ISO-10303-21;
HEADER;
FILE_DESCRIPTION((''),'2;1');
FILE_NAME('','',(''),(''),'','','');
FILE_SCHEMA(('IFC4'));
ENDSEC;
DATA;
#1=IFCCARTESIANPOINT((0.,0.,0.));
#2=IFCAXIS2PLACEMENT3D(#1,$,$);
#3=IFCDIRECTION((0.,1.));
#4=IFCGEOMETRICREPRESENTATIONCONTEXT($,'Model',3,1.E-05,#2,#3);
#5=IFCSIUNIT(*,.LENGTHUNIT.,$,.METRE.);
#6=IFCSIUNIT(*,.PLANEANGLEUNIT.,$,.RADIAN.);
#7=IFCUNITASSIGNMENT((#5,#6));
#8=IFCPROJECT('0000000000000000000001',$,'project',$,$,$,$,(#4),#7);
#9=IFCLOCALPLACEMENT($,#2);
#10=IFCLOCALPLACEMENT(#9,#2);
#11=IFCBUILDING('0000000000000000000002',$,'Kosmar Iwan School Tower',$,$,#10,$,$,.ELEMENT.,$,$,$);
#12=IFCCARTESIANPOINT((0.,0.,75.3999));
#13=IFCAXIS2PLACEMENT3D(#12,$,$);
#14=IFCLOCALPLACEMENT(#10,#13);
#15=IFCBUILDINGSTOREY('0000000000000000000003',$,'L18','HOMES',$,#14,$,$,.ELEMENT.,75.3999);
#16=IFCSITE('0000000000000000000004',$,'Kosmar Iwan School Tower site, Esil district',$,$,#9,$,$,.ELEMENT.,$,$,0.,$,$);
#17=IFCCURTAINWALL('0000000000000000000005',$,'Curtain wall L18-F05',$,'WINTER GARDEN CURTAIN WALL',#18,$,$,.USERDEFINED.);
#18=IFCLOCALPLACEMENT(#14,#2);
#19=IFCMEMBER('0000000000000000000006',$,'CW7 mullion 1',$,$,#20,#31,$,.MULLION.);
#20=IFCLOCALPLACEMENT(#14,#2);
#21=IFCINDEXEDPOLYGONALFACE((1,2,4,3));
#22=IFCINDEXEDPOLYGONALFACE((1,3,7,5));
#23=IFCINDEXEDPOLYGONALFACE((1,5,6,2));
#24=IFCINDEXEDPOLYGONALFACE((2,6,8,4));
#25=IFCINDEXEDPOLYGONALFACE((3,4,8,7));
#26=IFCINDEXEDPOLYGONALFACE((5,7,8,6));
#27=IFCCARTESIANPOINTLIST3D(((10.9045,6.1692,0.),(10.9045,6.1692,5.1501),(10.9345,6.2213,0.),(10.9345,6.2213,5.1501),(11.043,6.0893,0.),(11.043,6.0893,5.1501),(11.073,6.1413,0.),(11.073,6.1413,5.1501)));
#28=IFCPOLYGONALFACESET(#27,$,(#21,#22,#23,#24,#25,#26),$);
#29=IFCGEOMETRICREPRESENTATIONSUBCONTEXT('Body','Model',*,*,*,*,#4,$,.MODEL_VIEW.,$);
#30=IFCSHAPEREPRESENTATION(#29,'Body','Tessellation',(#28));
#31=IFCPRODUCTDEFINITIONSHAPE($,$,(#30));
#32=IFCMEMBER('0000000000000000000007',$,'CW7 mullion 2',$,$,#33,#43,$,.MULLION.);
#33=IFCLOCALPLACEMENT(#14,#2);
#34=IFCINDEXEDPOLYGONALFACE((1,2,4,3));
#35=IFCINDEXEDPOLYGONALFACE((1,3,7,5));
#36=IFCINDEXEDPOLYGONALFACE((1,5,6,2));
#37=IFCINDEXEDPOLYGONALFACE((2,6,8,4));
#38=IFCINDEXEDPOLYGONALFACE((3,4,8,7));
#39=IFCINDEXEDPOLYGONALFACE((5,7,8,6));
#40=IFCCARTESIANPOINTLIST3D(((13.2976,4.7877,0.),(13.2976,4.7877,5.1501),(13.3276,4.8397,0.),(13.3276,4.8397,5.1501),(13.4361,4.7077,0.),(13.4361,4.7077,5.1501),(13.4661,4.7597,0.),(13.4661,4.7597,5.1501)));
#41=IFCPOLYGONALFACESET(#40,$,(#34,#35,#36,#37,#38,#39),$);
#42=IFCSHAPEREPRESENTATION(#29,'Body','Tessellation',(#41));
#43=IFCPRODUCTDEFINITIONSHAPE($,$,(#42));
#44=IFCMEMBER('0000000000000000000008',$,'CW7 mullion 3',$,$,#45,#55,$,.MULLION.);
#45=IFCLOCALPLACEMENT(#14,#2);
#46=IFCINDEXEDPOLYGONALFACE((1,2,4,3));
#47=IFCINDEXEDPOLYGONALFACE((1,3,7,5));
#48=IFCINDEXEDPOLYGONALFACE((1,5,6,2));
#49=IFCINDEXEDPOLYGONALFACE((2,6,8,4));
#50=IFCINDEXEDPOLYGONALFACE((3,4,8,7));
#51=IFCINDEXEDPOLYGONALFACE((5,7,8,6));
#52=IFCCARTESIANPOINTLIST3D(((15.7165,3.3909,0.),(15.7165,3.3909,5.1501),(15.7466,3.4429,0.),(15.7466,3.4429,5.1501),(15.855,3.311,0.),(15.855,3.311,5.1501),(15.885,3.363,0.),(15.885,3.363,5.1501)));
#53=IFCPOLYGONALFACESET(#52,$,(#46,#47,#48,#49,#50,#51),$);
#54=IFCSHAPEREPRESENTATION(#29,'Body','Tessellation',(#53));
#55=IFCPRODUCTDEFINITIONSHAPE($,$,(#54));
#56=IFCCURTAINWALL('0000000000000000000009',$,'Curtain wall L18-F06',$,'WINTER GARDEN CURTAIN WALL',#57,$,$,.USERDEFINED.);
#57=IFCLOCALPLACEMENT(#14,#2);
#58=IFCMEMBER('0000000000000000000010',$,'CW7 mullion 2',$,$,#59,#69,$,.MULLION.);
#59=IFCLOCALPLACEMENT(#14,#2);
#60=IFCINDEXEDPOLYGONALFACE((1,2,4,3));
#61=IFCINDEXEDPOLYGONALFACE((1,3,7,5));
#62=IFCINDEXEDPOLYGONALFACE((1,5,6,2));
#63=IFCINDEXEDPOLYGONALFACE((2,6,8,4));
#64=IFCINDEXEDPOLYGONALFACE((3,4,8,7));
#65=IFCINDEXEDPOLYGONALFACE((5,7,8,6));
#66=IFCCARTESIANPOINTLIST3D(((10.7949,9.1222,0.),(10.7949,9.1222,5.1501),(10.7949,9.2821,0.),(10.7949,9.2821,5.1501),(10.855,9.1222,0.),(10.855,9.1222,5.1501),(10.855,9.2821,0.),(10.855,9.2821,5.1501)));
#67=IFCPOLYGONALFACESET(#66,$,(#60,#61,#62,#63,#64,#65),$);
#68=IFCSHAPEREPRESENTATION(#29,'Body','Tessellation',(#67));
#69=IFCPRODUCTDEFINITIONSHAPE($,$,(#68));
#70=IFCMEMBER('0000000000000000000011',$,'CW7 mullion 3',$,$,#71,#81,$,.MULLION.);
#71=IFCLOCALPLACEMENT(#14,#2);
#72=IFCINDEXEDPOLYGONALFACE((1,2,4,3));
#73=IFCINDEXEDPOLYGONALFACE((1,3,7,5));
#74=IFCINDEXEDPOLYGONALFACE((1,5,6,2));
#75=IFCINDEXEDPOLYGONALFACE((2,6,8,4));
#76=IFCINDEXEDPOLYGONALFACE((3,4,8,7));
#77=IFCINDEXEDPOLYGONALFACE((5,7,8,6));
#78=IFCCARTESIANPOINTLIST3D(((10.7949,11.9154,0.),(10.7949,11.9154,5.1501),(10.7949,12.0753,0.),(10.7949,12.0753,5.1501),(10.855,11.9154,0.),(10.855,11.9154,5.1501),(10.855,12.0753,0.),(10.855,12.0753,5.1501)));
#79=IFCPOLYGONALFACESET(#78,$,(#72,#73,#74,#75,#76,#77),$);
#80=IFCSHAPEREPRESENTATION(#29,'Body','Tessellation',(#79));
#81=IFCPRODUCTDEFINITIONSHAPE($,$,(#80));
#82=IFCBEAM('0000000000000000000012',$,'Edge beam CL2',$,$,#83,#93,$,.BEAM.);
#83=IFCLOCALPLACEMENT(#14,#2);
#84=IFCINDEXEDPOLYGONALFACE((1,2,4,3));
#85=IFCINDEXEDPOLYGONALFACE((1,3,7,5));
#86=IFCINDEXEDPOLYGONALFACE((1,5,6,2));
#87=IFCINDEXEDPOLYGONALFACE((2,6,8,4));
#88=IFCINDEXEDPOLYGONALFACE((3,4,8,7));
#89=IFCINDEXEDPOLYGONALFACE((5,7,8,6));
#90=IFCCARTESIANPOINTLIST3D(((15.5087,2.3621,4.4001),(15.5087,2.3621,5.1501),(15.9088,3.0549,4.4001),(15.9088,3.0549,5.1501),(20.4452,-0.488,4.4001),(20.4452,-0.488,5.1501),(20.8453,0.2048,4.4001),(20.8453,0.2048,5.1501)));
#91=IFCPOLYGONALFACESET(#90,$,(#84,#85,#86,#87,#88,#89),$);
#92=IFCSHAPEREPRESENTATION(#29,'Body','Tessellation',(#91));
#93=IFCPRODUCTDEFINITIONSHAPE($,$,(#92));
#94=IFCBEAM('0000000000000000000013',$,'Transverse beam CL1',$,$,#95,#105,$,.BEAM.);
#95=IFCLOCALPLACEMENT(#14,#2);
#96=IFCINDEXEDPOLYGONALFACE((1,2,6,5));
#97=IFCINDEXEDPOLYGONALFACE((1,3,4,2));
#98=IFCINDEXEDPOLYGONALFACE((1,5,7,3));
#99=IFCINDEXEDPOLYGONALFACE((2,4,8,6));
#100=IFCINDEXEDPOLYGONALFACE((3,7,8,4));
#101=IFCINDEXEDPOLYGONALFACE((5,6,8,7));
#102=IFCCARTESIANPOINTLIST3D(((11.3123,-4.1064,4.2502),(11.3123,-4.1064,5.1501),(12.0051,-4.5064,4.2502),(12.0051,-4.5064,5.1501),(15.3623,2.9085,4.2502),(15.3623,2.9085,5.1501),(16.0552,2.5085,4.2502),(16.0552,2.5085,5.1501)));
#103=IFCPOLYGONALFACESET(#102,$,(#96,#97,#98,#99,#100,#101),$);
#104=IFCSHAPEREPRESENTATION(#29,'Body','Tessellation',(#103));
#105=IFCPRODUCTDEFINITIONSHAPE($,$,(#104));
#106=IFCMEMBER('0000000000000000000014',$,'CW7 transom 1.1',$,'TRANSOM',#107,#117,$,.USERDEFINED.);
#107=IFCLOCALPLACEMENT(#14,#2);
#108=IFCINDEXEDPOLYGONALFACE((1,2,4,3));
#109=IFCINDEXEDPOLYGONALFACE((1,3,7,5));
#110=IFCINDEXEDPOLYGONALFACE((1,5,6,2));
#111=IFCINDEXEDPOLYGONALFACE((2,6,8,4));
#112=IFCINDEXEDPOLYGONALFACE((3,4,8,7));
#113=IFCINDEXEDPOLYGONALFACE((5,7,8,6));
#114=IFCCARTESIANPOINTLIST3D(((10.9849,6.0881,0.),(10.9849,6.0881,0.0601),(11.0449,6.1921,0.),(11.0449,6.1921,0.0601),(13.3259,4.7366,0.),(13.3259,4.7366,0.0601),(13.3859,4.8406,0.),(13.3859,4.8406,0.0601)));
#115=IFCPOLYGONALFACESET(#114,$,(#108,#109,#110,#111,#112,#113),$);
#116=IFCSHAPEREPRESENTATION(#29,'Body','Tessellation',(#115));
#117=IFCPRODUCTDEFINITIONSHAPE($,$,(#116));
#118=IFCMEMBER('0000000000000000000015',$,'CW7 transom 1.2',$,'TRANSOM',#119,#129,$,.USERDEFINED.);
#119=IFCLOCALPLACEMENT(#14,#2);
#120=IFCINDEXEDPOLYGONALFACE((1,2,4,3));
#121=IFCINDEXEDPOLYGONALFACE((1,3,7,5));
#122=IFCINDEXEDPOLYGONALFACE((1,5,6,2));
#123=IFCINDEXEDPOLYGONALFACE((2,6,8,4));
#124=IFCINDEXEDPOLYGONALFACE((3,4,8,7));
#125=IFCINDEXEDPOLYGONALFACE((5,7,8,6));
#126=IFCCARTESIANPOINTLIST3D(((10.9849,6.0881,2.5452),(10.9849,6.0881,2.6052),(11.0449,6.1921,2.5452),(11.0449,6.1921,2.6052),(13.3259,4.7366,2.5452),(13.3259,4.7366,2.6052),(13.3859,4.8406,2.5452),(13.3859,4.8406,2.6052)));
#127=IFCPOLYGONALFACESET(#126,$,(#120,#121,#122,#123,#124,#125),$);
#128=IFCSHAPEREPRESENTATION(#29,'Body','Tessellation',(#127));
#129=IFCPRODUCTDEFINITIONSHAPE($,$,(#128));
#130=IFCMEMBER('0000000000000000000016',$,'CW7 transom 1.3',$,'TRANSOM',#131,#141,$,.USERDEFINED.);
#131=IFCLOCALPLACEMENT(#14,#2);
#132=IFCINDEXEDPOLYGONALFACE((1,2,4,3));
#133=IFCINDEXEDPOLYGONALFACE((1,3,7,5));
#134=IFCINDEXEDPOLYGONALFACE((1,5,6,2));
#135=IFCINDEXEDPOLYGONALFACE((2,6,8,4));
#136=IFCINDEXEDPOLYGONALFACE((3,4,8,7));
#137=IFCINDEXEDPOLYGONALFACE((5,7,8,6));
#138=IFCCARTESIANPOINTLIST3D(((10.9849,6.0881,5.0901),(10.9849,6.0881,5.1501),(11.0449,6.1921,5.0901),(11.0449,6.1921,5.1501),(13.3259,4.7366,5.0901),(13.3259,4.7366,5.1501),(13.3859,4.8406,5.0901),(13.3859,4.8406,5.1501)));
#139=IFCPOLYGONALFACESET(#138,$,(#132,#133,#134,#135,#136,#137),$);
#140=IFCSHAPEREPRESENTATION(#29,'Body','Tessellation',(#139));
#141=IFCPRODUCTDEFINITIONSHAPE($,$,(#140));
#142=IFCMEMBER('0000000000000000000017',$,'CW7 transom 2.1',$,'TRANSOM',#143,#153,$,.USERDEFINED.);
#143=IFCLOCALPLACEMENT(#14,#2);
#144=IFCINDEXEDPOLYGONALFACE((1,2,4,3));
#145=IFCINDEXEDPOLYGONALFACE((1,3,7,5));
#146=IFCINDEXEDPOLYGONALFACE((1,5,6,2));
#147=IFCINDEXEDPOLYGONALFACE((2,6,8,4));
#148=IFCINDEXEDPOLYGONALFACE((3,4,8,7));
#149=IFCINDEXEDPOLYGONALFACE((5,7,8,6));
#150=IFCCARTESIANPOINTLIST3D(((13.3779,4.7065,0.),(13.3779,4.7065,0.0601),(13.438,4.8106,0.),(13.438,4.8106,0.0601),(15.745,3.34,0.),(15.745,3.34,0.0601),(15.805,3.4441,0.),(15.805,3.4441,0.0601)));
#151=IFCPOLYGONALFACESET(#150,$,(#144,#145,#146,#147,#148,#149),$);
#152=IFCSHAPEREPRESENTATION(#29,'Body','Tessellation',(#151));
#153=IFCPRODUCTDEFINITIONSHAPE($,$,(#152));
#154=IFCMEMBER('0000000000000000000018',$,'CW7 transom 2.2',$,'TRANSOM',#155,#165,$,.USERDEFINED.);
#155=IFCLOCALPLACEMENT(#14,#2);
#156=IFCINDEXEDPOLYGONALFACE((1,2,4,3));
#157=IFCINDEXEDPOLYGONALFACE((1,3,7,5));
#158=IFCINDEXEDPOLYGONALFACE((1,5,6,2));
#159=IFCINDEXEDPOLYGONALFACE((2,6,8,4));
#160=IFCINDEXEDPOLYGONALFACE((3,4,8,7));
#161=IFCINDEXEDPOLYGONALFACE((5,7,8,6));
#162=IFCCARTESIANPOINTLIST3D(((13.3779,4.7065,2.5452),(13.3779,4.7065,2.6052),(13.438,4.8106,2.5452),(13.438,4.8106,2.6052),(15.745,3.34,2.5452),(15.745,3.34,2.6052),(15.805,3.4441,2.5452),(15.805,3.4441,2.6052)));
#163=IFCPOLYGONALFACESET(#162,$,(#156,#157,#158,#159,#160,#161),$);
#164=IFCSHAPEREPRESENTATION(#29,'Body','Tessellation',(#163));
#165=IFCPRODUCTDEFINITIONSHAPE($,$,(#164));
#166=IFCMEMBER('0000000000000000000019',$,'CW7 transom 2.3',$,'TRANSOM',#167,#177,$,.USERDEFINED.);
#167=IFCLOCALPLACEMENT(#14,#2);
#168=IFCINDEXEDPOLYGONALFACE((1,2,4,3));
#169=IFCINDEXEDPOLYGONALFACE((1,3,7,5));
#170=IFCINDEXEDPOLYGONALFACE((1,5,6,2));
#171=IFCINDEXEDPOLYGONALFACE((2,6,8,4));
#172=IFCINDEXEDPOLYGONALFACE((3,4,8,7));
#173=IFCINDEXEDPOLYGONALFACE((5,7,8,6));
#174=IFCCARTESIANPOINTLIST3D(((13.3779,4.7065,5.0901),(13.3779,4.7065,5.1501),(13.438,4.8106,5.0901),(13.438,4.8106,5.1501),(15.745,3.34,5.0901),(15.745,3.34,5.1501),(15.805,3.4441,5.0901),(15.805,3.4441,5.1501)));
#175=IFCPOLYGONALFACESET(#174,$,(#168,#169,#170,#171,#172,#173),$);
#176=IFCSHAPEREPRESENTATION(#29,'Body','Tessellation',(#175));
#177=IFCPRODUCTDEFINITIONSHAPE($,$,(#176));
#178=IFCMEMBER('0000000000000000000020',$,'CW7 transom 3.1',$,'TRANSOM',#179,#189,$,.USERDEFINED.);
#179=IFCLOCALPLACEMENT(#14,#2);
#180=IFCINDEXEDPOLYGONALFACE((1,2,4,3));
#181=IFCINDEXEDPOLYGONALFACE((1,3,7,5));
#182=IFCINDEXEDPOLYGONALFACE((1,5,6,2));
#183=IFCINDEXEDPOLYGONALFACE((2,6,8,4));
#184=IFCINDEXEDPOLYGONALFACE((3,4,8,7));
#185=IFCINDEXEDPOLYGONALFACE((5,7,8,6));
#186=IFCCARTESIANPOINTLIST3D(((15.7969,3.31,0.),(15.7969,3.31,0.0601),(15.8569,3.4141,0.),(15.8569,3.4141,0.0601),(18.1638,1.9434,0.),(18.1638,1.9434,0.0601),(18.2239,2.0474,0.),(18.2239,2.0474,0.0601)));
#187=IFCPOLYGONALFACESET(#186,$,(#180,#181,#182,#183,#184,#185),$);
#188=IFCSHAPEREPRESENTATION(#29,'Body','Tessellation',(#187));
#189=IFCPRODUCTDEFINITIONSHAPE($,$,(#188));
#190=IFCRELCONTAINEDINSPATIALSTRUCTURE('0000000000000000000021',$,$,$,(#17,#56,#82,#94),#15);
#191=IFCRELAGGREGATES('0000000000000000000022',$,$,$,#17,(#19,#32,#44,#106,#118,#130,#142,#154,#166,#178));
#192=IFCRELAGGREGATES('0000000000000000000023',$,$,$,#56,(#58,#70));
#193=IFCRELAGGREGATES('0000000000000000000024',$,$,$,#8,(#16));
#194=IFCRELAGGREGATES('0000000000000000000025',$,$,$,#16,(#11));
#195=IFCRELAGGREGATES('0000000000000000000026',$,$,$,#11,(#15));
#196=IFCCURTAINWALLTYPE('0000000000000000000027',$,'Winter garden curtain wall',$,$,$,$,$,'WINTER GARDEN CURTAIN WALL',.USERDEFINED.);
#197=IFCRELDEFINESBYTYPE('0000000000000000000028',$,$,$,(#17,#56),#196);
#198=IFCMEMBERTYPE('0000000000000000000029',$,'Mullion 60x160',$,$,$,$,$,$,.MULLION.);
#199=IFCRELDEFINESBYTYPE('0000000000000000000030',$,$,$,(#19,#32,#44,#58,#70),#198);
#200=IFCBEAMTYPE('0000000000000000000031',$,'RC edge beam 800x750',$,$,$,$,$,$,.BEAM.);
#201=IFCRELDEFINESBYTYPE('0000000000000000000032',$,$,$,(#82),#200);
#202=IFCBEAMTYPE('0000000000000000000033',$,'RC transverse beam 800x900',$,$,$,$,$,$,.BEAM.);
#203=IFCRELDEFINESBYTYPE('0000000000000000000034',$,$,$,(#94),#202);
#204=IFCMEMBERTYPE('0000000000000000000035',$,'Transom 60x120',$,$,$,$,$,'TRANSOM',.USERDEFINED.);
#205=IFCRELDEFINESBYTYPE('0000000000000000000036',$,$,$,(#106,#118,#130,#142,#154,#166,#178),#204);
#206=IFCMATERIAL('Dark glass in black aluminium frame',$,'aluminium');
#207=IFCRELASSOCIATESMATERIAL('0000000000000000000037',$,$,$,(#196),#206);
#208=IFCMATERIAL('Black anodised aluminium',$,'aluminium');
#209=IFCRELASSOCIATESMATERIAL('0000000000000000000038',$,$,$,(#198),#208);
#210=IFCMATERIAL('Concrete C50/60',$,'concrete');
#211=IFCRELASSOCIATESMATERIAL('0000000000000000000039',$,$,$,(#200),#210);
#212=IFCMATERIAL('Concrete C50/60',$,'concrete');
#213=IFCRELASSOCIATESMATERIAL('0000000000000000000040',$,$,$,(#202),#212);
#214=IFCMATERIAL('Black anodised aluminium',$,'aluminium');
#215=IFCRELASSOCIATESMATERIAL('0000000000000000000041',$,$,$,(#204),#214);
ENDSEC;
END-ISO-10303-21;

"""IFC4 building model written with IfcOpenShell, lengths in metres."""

from ifc_helpers import new_model, si_unit, direction, frame, origin, origin_2d, place, context, subcontext, project, spatial, rectangle, extrude, material, material_profile, profile_set, type_object, element, aggregate, save


model = new_model("IFC4")

# Units and contexts
model_context = context("Model", 3, precision=1e-05, world=origin(), true_north=direction((0.0, 1.0)))
body_context = subcontext(model_context, "Body", "Model", "MODEL_VIEW")
ifc_project = project(units=[si_unit("LENGTHUNIT", "METRE"), si_unit("PLANEANGLEUNIT", "RADIAN")], contexts=[model_context])

# Site, building, storey
site_placement = place(None, origin())
site = spatial("IfcSite", under=ifc_project, at=site_placement, Name="Kosmar Iwan School Tower site, Esil district", CompositionType="ELEMENT", RefElevation=0.0)
building_placement = place(site_placement, origin())
building = spatial("IfcBuilding", under=site, at=building_placement, Name="Kosmar Iwan School Tower", CompositionType="ELEMENT")
storey_placement = place(building_placement, frame((0.0, 0.0, 75.3999)))
storey = spatial("IfcBuildingStorey", under=building, at=storey_placement, Name="L18", Description="HOMES", CompositionType="ELEMENT", Elevation=75.3999)

# Curtain walls, members
ifc_material_1 = material(Name="Dark glass in black aluminium frame", Category="aluminium")
curtain_wall_type = type_object("IfcCurtainWallType", Name="Winter garden curtain wall", ElementType="WINTER GARDEN CURTAIN WALL", PredefinedType="USERDEFINED", material=ifc_material_1)
curtain_wall_1_placement = place(storey_placement, origin())
curtain_wall_1 = element("IfcCurtainWall", 1, at=curtain_wall_1_placement, inside=storey, type_object=curtain_wall_type, Name="Curtain wall L18-F05", ObjectType="WINTER GARDEN CURTAIN WALL", PredefinedType="USERDEFINED")
ifc_material_2 = material(Name="Black anodised aluminium", Category="aluminium")
ifc_material_profile_1 = material_profile(ifc_material_2, rectangle(XDim=0.0601, YDim=0.1599, at=origin_2d()), Name="MULLION 60x160")
ifc_profile_set_1 = profile_set([ifc_material_profile_1], Name="Black anodised aluminium")
member_type_1 = type_object("IfcMemberType", Name="Mullion 60x160", PredefinedType="MULLION", material=ifc_profile_set_1)
member_1_placement = place(storey_placement, frame((10.9888, 6.1553, 0.0), z_axis=(0.0, 0.0, 1.0), x_axis=(0.5, 0.866025, 0.0)))
member_1 = element("IfcMember", 2, at=member_1_placement, type_object=member_type_1, Name="CW7 mullion 1", PredefinedType="MULLION", context=body_context, shape_type="SweptSolid", body=[
    extrude(rectangle(XDim=0.0601, YDim=0.1599, at=origin_2d()), origin(), (0.0, 0.0, 1.0), 5.1501),
])
member_2_placement = place(storey_placement, frame((13.3818, 4.7737, 0.0), z_axis=(0.0, 0.0, 1.0), x_axis=(0.5, 0.866025, 0.0)))
member_2 = element("IfcMember", 3, at=member_2_placement, type_object=member_type_1, Name="CW7 mullion 2", PredefinedType="MULLION", context=body_context, shape_type="SweptSolid", body=[
    extrude(rectangle(XDim=0.0601, YDim=0.1599, at=origin_2d()), origin(), (0.0, 0.0, 1.0), 5.1501),
])
member_3_placement = place(storey_placement, frame((15.8008, 3.377, 0.0), z_axis=(0.0, 0.0, 1.0), x_axis=(0.5, 0.866025, 0.0)))
member_3 = element("IfcMember", 4, at=member_3_placement, type_object=member_type_1, Name="CW7 mullion 3", PredefinedType="MULLION", context=body_context, shape_type="SweptSolid", body=[
    extrude(rectangle(XDim=0.0601, YDim=0.1599, at=origin_2d()), origin(), (0.0, 0.0, 1.0), 5.1501),
])
curtain_wall_2_placement = place(storey_placement, origin())
curtain_wall_2 = element("IfcCurtainWall", 5, at=curtain_wall_2_placement, inside=storey, type_object=curtain_wall_type, Name="Curtain wall L18-F06", ObjectType="WINTER GARDEN CURTAIN WALL", PredefinedType="USERDEFINED")
member_4_placement = place(storey_placement, frame((10.825, 9.2021, 0.0), z_axis=(0.0, 0.0, 1.0), x_axis=(-1.0, 0.0, 0.0)))
member_4 = element("IfcMember", 6, at=member_4_placement, type_object=member_type_1, Name="CW7 mullion 2", PredefinedType="MULLION", context=body_context, shape_type="SweptSolid", body=[
    extrude(rectangle(XDim=0.0601, YDim=0.1599, at=origin_2d()), origin(), (0.0, 0.0, 1.0), 5.1501),
])
member_5_placement = place(storey_placement, frame((10.825, 11.9954, 0.0), z_axis=(0.0, 0.0, 1.0), x_axis=(-1.0, 0.0, 0.0)))
member_5 = element("IfcMember", 7, at=member_5_placement, type_object=member_type_1, Name="CW7 mullion 3", PredefinedType="MULLION", context=body_context, shape_type="SweptSolid", body=[
    extrude(rectangle(XDim=0.0601, YDim=0.1599, at=origin_2d()), origin(), (0.0, 0.0, 1.0), 5.1501),
])

# Beams
ifc_material_3 = material(Name="Concrete C50/60", Category="concrete")
ifc_material_profile_2 = material_profile(ifc_material_3, rectangle(XDim=0.8, YDim=0.75, at=origin_2d()), Name="RC 800x750")
ifc_profile_set_2 = profile_set([ifc_material_profile_2], Name="Concrete C50/60")
beam_type_1 = type_object("IfcBeamType", Name="RC edge beam 800x750", PredefinedType="BEAM", material=ifc_profile_set_2)
beam_1_placement = place(storey_placement, frame((15.7087, 2.7085, 4.7751), z_axis=(0.866026, -0.499999, 0.0), x_axis=(0.499999, 0.866026, 0.0)))
element("IfcBeam", 8, at=beam_1_placement, inside=storey, type_object=beam_type_1, Name="Edge beam CL2", PredefinedType="BEAM", context=body_context, shape_type="SweptSolid", body=[
    extrude(rectangle(XDim=0.8, YDim=0.75, at=origin_2d()), origin(), (0.0, 0.0, 1.0), 5.7002),
])
ifc_material_4 = material(Name="Concrete C50/60", Category="concrete")
ifc_material_profile_3 = material_profile(ifc_material_4, rectangle(XDim=0.8, YDim=0.8999, at=origin_2d()), Name="RC 800x900")
ifc_profile_set_3 = profile_set([ifc_material_profile_3], Name="Concrete C50/60")
beam_type_2 = type_object("IfcBeamType", Name="RC transverse beam 800x900", PredefinedType="BEAM", material=ifc_profile_set_3)
beam_2_placement = place(storey_placement, frame((15.7087, 2.7085, 4.7002), z_axis=(-0.5, -0.866025, 0.0), x_axis=(0.866025, -0.5, 0.0)))
element("IfcBeam", 9, at=beam_2_placement, inside=storey, type_object=beam_type_2, Name="Transverse beam CL1", PredefinedType="BEAM", context=body_context, shape_type="SweptSolid", body=[
    extrude(rectangle(XDim=0.8, YDim=0.8999, at=origin_2d()), origin(), (0.0, 0.0, 1.0), 8.1001),
])

# Members
ifc_material_5 = material(Name="Black anodised aluminium", Category="aluminium")
ifc_material_profile_4 = material_profile(ifc_material_5, rectangle(XDim=0.1201, YDim=0.0601, at=origin_2d()), Name="TRANSOM 60x120")
ifc_profile_set_4 = profile_set([ifc_material_profile_4], Name="Black anodised aluminium")
member_type_2 = type_object("IfcMemberType", Name="Transom 60x120", ElementType="TRANSOM", PredefinedType="USERDEFINED", material=ifc_profile_set_4)
member_6_placement = place(storey_placement, frame((11.0149, 6.1401, 0.03), z_axis=(0.866034, -0.499986, 0.0), x_axis=(0.499986, 0.866034, 0.0)))
member_6 = element("IfcMember", 10, at=member_6_placement, type_object=member_type_2, Name="CW7 transom 1.1", ObjectType="TRANSOM", PredefinedType="USERDEFINED", context=body_context, shape_type="SweptSolid", body=[
    extrude(rectangle(XDim=0.1201, YDim=0.0601, at=origin_2d()), origin(), (0.0, 0.0, 1.0), 2.7031),
])
member_7_placement = place(storey_placement, frame((11.0149, 6.1401, 2.5752), z_axis=(0.866034, -0.499986, 0.0), x_axis=(0.499986, 0.866034, 0.0)))
member_7 = element("IfcMember", 11, at=member_7_placement, type_object=member_type_2, Name="CW7 transom 1.2", ObjectType="TRANSOM", PredefinedType="USERDEFINED", context=body_context, shape_type="SweptSolid", body=[
    extrude(rectangle(XDim=0.1201, YDim=0.0601, at=origin_2d()), origin(), (0.0, 0.0, 1.0), 2.7031),
])
member_8_placement = place(storey_placement, frame((11.0149, 6.1401, 5.1201), z_axis=(0.866034, -0.499986, 0.0), x_axis=(0.499986, 0.866034, 0.0)))
member_8 = element("IfcMember", 12, at=member_8_placement, type_object=member_type_2, Name="CW7 transom 1.3", ObjectType="TRANSOM", PredefinedType="USERDEFINED", context=body_context, shape_type="SweptSolid", body=[
    extrude(rectangle(XDim=0.1201, YDim=0.0601, at=origin_2d()), origin(), (0.0, 0.0, 1.0), 2.7031),
])
member_9_placement = place(storey_placement, frame((13.408, 4.7585, 0.03), z_axis=(0.866041, -0.499972, 0.0), x_axis=(0.499972, 0.866041, 0.0)))
member_9 = element("IfcMember", 13, at=member_9_placement, type_object=member_type_2, Name="CW7 transom 2.1", ObjectType="TRANSOM", PredefinedType="USERDEFINED", context=body_context, shape_type="SweptSolid", body=[
    extrude(rectangle(XDim=0.1201, YDim=0.0601, at=origin_2d()), origin(), (0.0, 0.0, 1.0), 2.7332),
])
member_10_placement = place(storey_placement, frame((13.408, 4.7585, 2.5752), z_axis=(0.866041, -0.499972, 0.0), x_axis=(0.499972, 0.866041, 0.0)))
member_10 = element("IfcMember", 14, at=member_10_placement, type_object=member_type_2, Name="CW7 transom 2.2", ObjectType="TRANSOM", PredefinedType="USERDEFINED", context=body_context, shape_type="SweptSolid", body=[
    extrude(rectangle(XDim=0.1201, YDim=0.0601, at=origin_2d()), origin(), (0.0, 0.0, 1.0), 2.7332),
])
member_11_placement = place(storey_placement, frame((13.408, 4.7585, 5.1201), z_axis=(0.866041, -0.499972, 0.0), x_axis=(0.499972, 0.866041, 0.0)))
member_11 = element("IfcMember", 15, at=member_11_placement, type_object=member_type_2, Name="CW7 transom 2.3", ObjectType="TRANSOM", PredefinedType="USERDEFINED", context=body_context, shape_type="SweptSolid", body=[
    extrude(rectangle(XDim=0.1201, YDim=0.0601, at=origin_2d()), origin(), (0.0, 0.0, 1.0), 2.7332),
])
member_12_placement = place(storey_placement, frame((15.8269, 3.3621, 0.03), z_axis=(0.866003, -0.500039, 0.0), x_axis=(0.500039, 0.866003, 0.0)))
member_12 = element("IfcMember", 16, at=member_12_placement, type_object=member_type_2, Name="CW7 transom 3.1", ObjectType="TRANSOM", PredefinedType="USERDEFINED", context=body_context, shape_type="SweptSolid", body=[
    extrude(rectangle(XDim=0.1201, YDim=0.0601, at=origin_2d()), origin(), (0.0, 0.0, 1.0), 2.7332),
])

aggregate(curtain_wall_1, [member_1, member_2, member_3, member_6, member_7, member_8, member_9, member_10, member_11, member_12])
aggregate(curtain_wall_2, [member_4, member_5])

save(model, "model.ifc")
